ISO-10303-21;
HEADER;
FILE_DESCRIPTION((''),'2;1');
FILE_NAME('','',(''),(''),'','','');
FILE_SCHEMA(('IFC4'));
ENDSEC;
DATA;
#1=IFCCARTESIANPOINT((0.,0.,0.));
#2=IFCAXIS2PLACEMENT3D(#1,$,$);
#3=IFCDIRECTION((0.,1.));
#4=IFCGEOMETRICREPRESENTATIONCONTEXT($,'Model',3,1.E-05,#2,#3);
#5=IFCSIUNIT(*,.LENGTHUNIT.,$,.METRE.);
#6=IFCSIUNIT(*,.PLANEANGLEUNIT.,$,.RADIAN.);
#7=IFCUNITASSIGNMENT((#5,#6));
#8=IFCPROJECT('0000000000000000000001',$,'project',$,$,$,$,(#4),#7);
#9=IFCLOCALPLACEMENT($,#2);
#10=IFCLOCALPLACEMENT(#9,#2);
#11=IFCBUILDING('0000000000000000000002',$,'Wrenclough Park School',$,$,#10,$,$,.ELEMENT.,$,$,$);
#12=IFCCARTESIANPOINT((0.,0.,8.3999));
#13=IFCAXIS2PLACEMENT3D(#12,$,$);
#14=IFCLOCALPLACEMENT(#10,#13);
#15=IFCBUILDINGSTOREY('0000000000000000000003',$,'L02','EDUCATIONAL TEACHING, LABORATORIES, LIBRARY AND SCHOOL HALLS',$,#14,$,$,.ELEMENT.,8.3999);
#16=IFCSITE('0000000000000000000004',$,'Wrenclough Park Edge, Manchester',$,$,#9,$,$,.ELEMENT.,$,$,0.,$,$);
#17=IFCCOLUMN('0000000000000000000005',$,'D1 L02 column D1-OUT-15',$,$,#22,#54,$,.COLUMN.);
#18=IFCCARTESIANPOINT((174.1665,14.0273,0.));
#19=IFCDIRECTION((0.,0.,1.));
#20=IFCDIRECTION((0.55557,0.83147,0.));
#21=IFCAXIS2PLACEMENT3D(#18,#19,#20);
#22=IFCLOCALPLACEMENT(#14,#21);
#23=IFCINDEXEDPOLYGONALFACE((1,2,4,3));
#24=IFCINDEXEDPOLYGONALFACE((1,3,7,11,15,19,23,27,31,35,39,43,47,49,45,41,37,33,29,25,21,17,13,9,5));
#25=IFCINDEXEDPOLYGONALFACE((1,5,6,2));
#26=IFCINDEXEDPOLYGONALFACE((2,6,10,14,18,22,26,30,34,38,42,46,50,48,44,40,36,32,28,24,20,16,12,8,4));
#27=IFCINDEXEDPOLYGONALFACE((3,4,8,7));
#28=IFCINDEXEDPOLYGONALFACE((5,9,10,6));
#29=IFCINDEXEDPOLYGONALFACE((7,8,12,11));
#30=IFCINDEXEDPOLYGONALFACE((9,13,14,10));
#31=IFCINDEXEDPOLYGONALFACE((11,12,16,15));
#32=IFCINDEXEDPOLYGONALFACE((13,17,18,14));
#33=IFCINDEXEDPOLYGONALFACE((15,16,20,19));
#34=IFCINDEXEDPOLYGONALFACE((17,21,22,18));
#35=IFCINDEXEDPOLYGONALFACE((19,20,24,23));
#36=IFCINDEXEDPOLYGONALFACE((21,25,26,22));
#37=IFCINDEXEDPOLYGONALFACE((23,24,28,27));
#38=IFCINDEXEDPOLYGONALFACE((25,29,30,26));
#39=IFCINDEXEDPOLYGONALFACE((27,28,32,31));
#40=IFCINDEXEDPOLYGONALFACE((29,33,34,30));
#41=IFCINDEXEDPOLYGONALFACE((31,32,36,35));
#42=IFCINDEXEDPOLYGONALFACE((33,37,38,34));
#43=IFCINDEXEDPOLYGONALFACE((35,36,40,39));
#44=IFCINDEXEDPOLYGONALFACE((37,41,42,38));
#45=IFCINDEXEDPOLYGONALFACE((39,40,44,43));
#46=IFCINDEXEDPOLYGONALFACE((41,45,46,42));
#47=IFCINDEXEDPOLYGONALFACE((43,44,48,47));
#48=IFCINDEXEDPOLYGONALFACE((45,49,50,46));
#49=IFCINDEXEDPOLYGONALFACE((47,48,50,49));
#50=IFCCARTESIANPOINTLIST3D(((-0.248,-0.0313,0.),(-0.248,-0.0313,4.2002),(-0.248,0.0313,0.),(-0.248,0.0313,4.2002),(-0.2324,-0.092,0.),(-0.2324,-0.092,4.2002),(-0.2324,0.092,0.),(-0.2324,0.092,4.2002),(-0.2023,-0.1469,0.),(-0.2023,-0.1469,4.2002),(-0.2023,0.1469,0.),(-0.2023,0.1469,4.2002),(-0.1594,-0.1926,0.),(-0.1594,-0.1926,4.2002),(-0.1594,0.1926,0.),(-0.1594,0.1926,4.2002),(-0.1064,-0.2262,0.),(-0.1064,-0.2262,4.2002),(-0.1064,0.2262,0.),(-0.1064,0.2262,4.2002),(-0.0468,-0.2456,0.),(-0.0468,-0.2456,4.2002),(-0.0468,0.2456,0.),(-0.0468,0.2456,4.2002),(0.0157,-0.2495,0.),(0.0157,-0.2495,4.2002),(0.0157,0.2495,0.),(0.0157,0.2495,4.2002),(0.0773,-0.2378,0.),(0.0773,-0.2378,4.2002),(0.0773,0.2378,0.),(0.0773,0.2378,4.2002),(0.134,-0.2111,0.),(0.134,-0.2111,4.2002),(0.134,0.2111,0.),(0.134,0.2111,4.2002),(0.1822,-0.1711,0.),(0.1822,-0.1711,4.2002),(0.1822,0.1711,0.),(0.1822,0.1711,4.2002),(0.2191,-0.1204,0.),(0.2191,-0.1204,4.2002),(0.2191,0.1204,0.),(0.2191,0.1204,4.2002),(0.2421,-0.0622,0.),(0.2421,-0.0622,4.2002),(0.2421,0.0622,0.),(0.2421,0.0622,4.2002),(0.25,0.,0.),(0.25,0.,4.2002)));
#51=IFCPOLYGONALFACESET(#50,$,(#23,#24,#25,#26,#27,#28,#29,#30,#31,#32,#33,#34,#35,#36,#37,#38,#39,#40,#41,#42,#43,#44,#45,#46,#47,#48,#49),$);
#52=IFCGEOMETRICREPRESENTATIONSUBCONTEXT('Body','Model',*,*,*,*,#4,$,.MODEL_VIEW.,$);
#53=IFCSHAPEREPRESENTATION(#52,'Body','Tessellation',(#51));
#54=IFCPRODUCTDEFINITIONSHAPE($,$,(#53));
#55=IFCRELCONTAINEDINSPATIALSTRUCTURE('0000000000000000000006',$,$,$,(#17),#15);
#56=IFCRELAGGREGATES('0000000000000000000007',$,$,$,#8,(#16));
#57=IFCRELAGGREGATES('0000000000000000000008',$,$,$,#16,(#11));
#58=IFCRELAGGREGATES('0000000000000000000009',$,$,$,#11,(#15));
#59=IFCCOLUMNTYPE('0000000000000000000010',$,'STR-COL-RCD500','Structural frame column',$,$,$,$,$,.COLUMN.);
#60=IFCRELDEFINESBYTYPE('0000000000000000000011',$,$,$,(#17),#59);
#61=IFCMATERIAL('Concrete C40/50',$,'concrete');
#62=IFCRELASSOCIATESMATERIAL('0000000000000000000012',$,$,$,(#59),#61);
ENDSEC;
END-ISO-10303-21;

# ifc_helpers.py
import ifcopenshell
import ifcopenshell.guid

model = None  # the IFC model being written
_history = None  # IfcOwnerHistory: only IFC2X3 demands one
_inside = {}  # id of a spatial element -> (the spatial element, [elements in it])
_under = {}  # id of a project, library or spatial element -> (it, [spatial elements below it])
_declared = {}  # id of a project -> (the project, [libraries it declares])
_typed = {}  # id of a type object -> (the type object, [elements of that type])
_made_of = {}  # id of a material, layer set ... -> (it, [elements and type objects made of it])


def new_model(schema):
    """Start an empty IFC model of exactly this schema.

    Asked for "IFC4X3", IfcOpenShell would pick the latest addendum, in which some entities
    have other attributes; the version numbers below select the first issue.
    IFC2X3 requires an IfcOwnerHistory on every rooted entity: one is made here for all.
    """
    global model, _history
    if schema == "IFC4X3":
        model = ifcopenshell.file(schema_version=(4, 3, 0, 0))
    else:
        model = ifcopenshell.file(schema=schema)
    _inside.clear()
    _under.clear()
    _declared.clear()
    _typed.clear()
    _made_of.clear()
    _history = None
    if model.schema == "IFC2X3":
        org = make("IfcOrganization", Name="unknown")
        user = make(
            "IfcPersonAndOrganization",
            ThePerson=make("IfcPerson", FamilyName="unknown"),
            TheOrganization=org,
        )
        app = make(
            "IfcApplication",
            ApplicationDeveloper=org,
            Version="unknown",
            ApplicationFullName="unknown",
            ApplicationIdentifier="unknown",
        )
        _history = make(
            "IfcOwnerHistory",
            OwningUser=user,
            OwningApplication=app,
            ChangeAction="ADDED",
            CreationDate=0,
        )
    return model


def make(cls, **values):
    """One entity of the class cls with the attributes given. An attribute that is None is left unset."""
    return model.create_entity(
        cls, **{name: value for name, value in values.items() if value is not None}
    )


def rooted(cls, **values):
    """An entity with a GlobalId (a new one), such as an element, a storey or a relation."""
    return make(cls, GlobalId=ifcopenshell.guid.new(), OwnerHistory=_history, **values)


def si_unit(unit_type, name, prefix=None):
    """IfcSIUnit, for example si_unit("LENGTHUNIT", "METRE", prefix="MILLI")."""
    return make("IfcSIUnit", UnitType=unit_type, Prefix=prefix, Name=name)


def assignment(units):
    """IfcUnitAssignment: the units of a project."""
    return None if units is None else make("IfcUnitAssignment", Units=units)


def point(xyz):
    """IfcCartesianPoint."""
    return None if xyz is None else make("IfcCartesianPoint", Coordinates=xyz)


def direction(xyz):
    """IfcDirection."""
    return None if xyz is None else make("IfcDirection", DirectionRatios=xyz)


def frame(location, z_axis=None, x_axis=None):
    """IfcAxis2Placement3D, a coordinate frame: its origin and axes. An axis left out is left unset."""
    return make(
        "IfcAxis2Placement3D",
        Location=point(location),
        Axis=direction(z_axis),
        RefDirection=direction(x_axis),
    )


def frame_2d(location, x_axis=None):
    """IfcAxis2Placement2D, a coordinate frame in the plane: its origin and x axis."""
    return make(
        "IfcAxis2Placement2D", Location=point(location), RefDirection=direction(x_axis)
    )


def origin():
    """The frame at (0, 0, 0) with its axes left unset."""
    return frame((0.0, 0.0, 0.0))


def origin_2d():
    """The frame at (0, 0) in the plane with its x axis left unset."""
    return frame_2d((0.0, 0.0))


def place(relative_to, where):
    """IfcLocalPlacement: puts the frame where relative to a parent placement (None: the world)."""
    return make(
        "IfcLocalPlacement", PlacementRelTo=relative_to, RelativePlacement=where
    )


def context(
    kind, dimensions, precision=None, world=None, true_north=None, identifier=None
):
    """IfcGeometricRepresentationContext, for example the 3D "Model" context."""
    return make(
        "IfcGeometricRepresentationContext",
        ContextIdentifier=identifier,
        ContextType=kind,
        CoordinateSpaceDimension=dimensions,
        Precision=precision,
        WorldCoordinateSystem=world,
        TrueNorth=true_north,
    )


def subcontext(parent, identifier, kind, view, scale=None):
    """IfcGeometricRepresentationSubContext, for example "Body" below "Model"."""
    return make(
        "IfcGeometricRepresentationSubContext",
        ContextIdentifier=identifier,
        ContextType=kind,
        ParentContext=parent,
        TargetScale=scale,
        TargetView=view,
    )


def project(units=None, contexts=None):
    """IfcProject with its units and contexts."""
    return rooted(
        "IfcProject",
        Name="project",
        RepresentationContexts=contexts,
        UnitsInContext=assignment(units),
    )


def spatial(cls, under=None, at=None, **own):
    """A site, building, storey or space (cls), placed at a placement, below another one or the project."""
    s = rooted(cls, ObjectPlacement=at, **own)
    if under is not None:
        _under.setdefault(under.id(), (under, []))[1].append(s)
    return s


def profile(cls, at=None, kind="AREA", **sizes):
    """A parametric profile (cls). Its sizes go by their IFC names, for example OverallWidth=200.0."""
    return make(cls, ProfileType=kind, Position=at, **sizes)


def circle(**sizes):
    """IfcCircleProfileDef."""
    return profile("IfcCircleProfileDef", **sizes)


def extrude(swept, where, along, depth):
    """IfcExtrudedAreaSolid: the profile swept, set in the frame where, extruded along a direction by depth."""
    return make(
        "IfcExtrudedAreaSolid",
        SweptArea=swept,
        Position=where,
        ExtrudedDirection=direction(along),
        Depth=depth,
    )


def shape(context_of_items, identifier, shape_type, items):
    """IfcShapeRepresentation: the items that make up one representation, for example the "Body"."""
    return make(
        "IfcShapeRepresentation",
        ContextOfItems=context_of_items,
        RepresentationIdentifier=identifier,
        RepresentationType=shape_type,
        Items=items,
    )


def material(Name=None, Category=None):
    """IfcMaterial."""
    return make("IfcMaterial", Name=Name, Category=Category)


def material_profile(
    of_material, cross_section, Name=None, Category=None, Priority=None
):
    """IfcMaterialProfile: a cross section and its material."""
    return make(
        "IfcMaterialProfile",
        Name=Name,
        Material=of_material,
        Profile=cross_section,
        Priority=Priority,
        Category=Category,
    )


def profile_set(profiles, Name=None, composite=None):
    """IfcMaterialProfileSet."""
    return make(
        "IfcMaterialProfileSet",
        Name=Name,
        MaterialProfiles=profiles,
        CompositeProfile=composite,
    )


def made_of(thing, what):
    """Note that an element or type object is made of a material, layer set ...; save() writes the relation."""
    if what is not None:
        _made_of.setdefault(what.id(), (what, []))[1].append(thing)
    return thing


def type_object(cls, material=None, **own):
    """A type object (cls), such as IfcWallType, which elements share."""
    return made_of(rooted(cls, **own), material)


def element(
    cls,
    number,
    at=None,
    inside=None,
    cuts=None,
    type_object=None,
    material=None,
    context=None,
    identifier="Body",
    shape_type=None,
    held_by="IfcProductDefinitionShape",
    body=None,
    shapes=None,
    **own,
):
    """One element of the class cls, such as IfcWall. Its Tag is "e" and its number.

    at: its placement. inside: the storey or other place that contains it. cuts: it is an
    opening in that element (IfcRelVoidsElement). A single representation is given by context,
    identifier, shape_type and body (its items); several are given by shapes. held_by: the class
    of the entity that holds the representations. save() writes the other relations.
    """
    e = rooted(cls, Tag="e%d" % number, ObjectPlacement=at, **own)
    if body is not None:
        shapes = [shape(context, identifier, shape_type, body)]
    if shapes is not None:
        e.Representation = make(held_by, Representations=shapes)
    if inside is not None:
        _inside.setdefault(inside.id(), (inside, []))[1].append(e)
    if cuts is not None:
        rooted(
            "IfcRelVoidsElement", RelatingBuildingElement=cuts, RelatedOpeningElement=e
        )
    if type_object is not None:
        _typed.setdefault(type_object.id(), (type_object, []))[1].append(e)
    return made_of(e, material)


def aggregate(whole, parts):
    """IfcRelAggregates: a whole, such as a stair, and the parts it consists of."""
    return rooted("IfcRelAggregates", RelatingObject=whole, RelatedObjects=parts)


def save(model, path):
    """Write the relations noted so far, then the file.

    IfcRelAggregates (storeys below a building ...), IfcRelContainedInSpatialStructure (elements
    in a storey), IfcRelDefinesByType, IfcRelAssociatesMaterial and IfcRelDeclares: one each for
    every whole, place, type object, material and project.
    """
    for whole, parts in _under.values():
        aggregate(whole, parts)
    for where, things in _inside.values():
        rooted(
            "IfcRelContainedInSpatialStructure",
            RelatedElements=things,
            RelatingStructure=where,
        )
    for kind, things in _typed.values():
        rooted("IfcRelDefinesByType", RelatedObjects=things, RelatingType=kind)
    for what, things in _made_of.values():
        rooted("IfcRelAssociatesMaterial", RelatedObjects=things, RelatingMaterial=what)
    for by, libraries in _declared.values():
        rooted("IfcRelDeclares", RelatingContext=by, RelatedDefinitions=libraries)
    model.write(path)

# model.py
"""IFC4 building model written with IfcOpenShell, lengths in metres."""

from ifc_helpers import new_model, si_unit, direction, frame, origin, origin_2d, place, context, subcontext, project, spatial, circle, extrude, material, material_profile, profile_set, type_object, element, save


model = new_model("IFC4")

# Units and contexts
model_context = context("Model", 3, precision=1e-05, world=origin(), true_north=direction((0.0, 1.0)))
body_context = subcontext(model_context, "Body", "Model", "MODEL_VIEW")
ifc_project = project(units=[si_unit("LENGTHUNIT", "METRE"), si_unit("PLANEANGLEUNIT", "RADIAN")], contexts=[model_context])

# Site, building, storey
site_placement = place(None, origin())
site = spatial("IfcSite", under=ifc_project, at=site_placement, Name="Wrenclough Park Edge, Manchester", CompositionType="ELEMENT", RefElevation=0.0)
building_placement = place(site_placement, origin())
building = spatial("IfcBuilding", under=site, at=building_placement, Name="Wrenclough Park School", CompositionType="ELEMENT")
storey_placement = place(building_placement, frame((0.0, 0.0, 8.3999)))
storey = spatial("IfcBuildingStorey", under=building, at=storey_placement, Name="L02", Description="EDUCATIONAL TEACHING, LABORATORIES, LIBRARY AND SCHOOL HALLS", CompositionType="ELEMENT", Elevation=8.3999)

# Column
ifc_material_1 = material(Name="Concrete C40/50", Category="concrete")
ifc_material_profile_1 = material_profile(ifc_material_1, circle(Radius=0.25, at=origin_2d()), Name="RC COL D500")
ifc_profile_set_1 = profile_set([ifc_material_profile_1], Name="Concrete C40/50")
column_type = type_object("IfcColumnType", Name="STR-COL-RCD500", Description="Structural frame column", PredefinedType="COLUMN", material=ifc_profile_set_1)
for number, where, z_axis, x_axis, name in (
    (1, (174.1665, 14.0273, 0.0), (0.0, 0.0, 1.0), (0.55557, 0.83147, 0.0), "D1 L02 column D1-OUT-15"),
):
    element("IfcColumn", number, at=place(storey_placement, frame(where, z_axis=z_axis, x_axis=x_axis)), inside=storey, type_object=column_type, Name=name, PredefinedType="COLUMN", context=body_context, shape_type="SweptSolid", body=[
        extrude(circle(Radius=0.25, at=origin_2d()), origin(), (0.0, 0.0, 1.0), 4.2002),
    ])

save(model, "model.ifc")
